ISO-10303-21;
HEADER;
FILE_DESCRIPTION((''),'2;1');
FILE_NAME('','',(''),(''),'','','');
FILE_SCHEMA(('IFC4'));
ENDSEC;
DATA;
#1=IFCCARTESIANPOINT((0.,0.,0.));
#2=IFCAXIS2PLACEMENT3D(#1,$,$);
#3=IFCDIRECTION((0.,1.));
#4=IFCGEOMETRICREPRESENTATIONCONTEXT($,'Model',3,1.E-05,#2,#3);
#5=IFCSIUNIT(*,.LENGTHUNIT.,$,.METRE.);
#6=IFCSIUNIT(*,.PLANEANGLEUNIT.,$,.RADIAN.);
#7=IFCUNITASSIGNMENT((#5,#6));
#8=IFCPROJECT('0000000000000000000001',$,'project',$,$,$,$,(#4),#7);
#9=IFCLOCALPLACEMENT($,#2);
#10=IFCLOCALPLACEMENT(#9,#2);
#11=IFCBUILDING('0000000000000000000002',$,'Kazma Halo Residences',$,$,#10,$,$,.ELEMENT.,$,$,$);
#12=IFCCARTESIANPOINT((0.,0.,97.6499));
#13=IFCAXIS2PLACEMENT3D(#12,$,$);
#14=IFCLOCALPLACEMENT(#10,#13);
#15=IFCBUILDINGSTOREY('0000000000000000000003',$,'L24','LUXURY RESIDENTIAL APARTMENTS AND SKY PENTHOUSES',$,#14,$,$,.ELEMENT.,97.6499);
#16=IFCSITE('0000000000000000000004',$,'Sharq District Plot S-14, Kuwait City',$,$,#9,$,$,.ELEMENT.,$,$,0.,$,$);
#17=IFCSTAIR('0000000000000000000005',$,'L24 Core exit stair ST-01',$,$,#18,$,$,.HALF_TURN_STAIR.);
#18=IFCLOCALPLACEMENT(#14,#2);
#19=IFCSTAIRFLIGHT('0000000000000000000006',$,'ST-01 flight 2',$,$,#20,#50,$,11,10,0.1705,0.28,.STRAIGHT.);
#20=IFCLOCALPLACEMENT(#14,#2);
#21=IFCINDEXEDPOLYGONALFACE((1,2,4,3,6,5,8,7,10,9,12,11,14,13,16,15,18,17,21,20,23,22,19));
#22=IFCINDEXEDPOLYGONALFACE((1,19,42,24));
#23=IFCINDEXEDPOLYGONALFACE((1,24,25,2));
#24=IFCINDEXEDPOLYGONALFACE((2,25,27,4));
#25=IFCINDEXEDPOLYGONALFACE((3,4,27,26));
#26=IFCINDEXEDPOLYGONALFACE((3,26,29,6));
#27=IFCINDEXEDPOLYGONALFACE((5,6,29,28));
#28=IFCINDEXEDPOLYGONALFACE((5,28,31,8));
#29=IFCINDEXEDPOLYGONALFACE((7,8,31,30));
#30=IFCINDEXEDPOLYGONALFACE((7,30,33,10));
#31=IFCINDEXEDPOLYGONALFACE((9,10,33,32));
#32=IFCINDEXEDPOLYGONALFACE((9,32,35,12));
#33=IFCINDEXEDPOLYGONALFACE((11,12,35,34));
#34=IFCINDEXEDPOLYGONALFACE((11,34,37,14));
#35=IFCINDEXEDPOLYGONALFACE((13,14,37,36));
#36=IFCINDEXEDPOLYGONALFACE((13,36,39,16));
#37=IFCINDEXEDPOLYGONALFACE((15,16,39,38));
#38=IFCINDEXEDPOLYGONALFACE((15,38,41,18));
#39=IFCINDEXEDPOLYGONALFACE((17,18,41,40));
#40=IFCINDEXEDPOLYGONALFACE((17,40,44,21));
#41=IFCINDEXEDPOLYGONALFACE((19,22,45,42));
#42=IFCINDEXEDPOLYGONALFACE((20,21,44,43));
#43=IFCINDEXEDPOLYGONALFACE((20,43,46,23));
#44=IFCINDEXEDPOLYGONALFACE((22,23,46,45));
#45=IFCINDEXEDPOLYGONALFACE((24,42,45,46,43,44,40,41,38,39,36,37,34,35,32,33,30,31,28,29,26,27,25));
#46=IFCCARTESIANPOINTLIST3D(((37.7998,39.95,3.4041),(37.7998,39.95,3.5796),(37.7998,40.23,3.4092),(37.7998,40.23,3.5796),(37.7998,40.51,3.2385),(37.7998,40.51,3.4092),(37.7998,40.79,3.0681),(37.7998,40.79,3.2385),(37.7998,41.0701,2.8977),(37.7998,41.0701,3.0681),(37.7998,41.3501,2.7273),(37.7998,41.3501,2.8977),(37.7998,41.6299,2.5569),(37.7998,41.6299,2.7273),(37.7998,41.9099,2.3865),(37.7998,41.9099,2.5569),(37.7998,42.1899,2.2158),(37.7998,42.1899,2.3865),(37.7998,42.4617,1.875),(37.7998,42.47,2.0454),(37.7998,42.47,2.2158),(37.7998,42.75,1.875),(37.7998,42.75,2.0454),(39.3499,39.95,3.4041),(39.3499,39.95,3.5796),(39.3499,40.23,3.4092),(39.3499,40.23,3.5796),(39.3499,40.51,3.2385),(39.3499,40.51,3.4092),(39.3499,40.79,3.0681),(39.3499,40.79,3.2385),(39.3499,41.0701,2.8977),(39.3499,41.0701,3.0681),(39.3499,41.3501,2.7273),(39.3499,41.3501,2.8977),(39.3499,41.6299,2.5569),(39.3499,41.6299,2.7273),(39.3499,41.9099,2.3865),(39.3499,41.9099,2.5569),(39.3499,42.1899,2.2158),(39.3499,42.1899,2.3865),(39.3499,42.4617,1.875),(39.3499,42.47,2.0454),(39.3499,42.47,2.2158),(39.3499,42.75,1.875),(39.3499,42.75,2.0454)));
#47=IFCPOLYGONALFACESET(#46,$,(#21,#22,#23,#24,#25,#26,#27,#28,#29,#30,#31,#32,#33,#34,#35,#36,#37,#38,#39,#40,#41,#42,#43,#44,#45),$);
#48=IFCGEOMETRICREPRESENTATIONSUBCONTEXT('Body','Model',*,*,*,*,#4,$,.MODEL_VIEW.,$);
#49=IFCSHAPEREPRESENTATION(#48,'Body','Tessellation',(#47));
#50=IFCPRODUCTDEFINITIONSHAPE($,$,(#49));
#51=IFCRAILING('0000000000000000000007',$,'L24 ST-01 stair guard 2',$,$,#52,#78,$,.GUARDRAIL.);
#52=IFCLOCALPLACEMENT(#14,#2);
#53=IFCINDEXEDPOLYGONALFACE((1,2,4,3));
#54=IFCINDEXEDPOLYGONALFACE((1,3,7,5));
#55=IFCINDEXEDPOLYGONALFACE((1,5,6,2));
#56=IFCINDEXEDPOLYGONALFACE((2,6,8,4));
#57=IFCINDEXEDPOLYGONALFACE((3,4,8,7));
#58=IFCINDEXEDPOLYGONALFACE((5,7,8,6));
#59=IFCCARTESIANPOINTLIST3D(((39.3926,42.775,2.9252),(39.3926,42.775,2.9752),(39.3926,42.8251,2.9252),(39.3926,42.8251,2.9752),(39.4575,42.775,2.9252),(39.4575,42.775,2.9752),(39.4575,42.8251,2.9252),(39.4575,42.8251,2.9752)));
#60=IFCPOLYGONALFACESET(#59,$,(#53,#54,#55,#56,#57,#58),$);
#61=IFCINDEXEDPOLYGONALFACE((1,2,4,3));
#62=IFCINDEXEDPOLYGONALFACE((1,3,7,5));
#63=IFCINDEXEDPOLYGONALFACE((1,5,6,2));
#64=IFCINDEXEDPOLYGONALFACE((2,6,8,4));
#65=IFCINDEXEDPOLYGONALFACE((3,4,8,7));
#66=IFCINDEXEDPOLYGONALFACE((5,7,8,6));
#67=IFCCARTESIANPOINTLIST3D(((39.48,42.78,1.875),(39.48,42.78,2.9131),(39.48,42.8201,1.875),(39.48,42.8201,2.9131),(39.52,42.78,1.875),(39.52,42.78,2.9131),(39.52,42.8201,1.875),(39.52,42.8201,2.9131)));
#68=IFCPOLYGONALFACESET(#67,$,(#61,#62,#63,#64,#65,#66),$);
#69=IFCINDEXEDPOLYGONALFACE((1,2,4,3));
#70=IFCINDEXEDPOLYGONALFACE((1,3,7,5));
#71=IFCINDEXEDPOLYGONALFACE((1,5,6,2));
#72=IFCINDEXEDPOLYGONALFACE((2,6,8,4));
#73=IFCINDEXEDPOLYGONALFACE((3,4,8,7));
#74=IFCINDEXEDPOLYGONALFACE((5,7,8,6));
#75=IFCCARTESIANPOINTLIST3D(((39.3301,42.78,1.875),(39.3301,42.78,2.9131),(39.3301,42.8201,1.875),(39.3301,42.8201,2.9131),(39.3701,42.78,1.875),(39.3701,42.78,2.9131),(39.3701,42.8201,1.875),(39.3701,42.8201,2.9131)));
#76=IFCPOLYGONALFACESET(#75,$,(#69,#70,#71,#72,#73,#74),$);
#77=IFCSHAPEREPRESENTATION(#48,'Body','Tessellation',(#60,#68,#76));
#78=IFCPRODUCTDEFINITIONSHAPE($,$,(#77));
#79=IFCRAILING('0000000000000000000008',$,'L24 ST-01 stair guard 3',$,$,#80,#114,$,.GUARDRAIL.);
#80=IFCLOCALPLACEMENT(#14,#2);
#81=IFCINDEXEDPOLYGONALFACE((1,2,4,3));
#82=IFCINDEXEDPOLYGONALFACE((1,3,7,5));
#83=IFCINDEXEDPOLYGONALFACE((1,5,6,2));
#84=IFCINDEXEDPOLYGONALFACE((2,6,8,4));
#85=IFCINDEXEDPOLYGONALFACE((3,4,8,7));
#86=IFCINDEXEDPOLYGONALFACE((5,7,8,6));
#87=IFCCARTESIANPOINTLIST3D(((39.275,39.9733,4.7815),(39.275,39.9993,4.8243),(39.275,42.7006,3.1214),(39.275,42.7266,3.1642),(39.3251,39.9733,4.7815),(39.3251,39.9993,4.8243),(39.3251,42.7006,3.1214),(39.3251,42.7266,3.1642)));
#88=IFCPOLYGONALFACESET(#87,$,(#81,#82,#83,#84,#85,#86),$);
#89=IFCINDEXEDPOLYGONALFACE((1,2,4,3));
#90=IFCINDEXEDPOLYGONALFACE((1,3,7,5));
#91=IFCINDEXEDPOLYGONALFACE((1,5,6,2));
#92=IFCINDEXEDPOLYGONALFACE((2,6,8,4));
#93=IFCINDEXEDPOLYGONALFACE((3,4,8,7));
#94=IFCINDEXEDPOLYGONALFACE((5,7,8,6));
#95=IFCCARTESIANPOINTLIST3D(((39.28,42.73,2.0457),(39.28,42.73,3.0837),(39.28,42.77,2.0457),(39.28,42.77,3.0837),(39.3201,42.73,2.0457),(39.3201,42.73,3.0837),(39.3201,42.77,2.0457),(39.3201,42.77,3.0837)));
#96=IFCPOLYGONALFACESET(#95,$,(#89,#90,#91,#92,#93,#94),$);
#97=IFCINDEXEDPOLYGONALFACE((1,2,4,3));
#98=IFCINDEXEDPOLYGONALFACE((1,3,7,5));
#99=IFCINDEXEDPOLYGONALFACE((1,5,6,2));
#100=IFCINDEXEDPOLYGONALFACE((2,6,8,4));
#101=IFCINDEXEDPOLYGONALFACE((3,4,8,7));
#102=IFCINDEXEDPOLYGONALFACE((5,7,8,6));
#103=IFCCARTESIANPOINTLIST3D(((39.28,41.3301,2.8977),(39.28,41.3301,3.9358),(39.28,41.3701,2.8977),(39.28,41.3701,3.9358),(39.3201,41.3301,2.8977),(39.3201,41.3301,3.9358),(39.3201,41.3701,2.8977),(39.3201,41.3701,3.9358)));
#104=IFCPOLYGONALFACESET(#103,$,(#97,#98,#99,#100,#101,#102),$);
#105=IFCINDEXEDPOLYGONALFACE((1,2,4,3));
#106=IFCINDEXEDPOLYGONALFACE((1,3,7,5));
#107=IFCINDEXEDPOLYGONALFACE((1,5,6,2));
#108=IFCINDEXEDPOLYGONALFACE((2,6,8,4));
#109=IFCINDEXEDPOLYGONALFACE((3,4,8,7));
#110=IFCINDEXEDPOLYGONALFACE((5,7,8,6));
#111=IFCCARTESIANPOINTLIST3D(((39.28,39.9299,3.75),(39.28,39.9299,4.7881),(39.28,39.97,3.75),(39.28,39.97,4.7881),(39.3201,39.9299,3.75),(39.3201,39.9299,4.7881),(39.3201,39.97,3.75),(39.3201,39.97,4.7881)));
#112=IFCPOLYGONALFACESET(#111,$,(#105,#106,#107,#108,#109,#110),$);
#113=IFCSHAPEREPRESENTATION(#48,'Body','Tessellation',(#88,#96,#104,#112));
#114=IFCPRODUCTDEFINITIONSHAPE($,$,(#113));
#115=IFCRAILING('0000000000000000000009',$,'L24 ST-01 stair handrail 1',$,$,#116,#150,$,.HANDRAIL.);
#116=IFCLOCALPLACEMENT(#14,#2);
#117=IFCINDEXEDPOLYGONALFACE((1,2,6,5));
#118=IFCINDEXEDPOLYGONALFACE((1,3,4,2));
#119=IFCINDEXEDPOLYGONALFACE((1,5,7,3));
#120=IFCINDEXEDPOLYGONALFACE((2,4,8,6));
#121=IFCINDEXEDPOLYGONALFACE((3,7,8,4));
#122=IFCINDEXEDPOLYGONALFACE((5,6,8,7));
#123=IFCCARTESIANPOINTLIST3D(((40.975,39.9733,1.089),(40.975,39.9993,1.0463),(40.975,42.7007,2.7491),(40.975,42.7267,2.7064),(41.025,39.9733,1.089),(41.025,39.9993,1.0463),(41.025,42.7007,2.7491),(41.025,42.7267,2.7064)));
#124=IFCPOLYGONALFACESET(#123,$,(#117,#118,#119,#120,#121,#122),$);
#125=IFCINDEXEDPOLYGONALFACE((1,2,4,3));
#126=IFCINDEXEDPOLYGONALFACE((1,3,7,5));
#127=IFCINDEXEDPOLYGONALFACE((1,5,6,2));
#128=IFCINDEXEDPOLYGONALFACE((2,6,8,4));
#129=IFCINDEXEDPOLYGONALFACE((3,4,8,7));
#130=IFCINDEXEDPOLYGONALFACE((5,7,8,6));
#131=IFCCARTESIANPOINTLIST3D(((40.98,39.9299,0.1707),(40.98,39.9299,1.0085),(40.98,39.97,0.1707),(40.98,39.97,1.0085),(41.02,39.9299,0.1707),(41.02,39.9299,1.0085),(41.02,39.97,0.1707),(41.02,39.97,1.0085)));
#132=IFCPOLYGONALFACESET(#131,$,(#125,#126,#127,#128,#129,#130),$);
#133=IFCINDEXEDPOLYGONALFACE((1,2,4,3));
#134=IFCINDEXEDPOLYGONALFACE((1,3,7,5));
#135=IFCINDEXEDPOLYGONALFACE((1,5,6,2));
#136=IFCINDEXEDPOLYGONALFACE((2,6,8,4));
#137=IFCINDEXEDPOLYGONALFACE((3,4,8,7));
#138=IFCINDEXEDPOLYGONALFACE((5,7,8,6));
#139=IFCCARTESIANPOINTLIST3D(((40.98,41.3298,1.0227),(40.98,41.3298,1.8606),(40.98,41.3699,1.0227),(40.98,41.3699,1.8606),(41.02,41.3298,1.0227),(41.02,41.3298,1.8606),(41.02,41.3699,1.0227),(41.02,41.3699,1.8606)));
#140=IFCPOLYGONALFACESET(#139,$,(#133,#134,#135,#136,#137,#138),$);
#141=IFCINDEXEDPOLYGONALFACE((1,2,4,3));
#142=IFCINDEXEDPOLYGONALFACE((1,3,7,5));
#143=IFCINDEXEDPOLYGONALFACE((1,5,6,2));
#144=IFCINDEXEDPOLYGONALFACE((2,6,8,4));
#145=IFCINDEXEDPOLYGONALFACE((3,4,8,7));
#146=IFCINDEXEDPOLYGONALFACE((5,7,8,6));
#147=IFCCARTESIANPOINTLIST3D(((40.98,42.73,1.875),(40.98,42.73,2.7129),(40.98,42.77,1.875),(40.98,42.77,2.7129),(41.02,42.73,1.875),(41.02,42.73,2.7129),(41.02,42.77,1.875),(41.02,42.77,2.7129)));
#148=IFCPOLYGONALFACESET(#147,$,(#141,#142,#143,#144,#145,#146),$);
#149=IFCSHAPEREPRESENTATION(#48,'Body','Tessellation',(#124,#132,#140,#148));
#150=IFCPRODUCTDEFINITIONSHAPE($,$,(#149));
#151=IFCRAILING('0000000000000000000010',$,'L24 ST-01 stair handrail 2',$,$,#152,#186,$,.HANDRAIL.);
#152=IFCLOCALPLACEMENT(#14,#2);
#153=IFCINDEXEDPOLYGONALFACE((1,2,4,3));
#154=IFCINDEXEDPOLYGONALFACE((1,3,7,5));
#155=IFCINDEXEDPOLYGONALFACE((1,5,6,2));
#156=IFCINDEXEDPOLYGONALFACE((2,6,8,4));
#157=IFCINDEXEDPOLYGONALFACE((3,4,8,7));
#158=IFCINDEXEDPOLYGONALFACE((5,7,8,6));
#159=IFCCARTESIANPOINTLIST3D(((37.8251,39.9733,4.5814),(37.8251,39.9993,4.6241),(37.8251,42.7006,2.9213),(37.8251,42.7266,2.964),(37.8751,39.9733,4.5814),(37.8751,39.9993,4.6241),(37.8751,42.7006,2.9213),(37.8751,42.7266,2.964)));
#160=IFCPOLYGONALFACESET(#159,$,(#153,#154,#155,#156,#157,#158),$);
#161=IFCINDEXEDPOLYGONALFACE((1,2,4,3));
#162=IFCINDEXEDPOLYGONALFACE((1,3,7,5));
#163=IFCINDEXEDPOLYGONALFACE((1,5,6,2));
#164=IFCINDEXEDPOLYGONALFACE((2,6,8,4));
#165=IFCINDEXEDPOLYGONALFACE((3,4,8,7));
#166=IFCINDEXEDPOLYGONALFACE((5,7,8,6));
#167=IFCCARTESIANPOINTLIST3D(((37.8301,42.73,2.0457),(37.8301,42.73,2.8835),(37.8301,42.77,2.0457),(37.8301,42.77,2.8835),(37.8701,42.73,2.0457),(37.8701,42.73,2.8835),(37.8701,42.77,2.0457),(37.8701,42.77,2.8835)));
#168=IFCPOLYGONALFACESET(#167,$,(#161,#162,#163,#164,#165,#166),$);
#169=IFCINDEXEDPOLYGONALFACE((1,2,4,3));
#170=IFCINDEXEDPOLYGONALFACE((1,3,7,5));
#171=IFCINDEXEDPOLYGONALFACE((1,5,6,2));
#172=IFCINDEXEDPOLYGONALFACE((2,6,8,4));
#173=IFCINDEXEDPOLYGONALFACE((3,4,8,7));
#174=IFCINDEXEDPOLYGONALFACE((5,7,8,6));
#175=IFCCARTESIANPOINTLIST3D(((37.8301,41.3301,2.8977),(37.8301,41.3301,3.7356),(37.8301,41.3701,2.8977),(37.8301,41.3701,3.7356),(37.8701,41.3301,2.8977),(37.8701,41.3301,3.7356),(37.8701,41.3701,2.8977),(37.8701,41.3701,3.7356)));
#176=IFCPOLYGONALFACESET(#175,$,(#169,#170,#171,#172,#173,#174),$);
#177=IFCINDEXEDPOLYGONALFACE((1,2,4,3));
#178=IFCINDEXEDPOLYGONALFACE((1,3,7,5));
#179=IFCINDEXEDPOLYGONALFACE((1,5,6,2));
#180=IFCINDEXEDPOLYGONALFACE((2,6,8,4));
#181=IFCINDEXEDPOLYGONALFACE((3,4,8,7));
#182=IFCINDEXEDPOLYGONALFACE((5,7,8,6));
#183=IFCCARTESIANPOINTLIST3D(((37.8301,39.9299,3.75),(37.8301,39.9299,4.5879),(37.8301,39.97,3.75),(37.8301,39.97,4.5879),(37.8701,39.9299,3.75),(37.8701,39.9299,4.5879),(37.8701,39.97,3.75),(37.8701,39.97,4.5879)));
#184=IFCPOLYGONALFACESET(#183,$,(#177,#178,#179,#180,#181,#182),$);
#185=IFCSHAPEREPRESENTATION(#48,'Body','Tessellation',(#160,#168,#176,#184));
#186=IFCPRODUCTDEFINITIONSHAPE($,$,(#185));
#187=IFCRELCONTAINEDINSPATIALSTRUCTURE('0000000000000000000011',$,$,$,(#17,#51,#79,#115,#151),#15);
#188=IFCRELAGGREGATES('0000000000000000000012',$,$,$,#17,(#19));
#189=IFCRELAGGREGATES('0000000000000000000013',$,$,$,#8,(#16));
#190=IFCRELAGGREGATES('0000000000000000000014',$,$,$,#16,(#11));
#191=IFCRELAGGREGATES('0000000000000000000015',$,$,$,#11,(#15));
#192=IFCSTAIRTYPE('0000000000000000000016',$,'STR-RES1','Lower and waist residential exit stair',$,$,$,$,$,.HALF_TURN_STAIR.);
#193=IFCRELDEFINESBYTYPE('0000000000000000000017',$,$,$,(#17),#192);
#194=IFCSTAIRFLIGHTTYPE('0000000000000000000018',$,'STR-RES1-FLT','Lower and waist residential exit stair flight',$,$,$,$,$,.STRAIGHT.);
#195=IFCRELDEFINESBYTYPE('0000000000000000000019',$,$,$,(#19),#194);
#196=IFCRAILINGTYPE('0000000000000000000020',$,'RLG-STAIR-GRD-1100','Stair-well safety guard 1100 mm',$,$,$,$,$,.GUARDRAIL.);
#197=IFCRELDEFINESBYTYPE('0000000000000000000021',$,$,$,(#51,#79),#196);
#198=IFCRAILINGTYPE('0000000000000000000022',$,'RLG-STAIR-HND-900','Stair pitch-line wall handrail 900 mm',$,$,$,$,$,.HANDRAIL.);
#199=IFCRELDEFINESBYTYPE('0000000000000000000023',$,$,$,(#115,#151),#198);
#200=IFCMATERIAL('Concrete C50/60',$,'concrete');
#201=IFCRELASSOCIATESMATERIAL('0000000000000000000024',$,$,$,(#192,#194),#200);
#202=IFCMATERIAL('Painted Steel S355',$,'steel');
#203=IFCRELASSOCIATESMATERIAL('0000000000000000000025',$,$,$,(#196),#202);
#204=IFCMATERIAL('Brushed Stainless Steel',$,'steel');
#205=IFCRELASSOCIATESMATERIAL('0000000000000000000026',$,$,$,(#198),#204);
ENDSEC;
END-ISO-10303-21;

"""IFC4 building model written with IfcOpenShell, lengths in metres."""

from ifc_helpers import new_model, si_unit, direction, frame, origin, origin_2d, place, context, subcontext, project, spatial, polyline, rectangle, outline, extrude, material, type_object, element, aggregate, save


model = new_model("IFC4")

# Units and contexts
model_context = context("Model", 3, precision=1e-05, world=origin(), true_north=direction((0.0, 1.0)))
body_context = subcontext(model_context, "Body", "Model", "MODEL_VIEW")
ifc_project = project(units=[si_unit("LENGTHUNIT", "METRE"), si_unit("PLANEANGLEUNIT", "RADIAN")], contexts=[model_context])

# Site, building, storey
site_placement = place(None, origin())
site = spatial("IfcSite", under=ifc_project, at=site_placement, Name="Sharq District Plot S-14, Kuwait City", CompositionType="ELEMENT", RefElevation=0.0)
building_placement = place(site_placement, origin())
building = spatial("IfcBuilding", under=site, at=building_placement, Name="Kazma Halo Residences", CompositionType="ELEMENT")
storey_placement = place(building_placement, frame((0.0, 0.0, 97.6499)))
storey = spatial("IfcBuildingStorey", under=building, at=storey_placement, Name="L24", Description="LUXURY RESIDENTIAL APARTMENTS AND SKY PENTHOUSES", CompositionType="ELEMENT", Elevation=97.6499)

# Stair, stair flight
ifc_material_1 = material(Name="Concrete C50/60", Category="concrete")
stair_type = type_object("IfcStairType", Name="STR-RES1", Description="Lower and waist residential exit stair", PredefinedType="HALF_TURN_STAIR", material=ifc_material_1)
stair_placement = place(storey_placement, origin())
stair = element("IfcStair", 1, at=stair_placement, inside=storey, type_object=stair_type, Name="L24 Core exit stair ST-01", PredefinedType="HALF_TURN_STAIR")
stair_flight_type = type_object("IfcStairFlightType", Name="STR-RES1-FLT", Description="Lower and waist residential exit stair flight", PredefinedType="STRAIGHT", material=ifc_material_1)
stair_flight_placement = place(storey_placement, frame((38.575, 42.75, 1.875), z_axis=(0.0, 0.0, 1.0), x_axis=(0.0, -1.0, 0.0)))
stair_flight = element("IfcStairFlight", 2, at=stair_flight_placement, type_object=stair_flight_type, Name="ST-01 flight 2", NumberOfRisers=11, NumberOfTreads=10, PredefinedType="STRAIGHT", RiserHeight=0.1705, TreadLength=0.28, context=body_context, shape_type="SweptSolid", body=[
    extrude(outline(polyline([(0.0, 0.0), (0.0, 0.1704), (0.28, 0.1704), (0.28, 0.3408), (0.5601, 0.3408), (0.5601, 0.5115), (0.8401, 0.5115), (0.8401, 0.6819), (1.1201, 0.6819), (1.1201, 0.8523), (1.3999, 0.8523), (1.3999, 1.0227), (1.6799, 1.0227), (1.6799, 1.1931), (1.96, 1.1931), (1.96, 1.3635), (2.24, 1.3635), (2.24, 1.5342), (2.52, 1.5342), (2.52, 1.7046), (2.8, 1.7046), (2.8, 1.875), (2.8, 1.5291), (0.2883, 0.0), (0.0, 0.0)])), frame((0.0, 0.7749, 0.0), z_axis=(0.0, -1.0, 0.0), x_axis=(1.0, 0.0, 0.0)), (0.0, 0.0, 1.0), 1.55),
])
aggregate(stair, [stair_flight])

# Railings
ifc_material_2 = material(Name="Painted Steel S355", Category="steel")
railing_type_1 = type_object("IfcRailingType", Name="RLG-STAIR-GRD-1100", Description="Stair-well safety guard 1100 mm", PredefinedType="GUARDRAIL", material=ifc_material_2)
railing_1_placement = place(storey_placement, frame((39.5, 42.8, 1.875)))
element("IfcRailing", 3, at=railing_1_placement, inside=storey, type_object=railing_type_1, Name="L24 ST-01 stair guard 2", PredefinedType="GUARDRAIL", context=body_context, shape_type="SweptSolid", body=[
    extrude(rectangle(XDim=0.05, YDim=0.05, at=origin_2d()), frame((-0.0425, 0.0, 1.0752), z_axis=(-1.0, 0.0, 0.0), x_axis=(0.0, -1.0, 0.0)), (0.0, 0.0, 1.0), 0.0649),
    extrude(rectangle(XDim=0.04, YDim=0.04, at=origin_2d()), origin(), (0.0, 0.0, 1.0), 1.0381),
    extrude(rectangle(XDim=0.04, YDim=0.04, at=origin_2d()), frame((-0.1499, 0.0, 0.0)), (0.0, 0.0, 1.0), 1.0381),
])
railing_2_placement = place(storey_placement, frame((39.3, 42.75, 2.0457)))
element("IfcRailing", 4, at=railing_2_placement, inside=storey, type_object=railing_type_1, Name="L24 ST-01 stair guard 3", PredefinedType="GUARDRAIL", context=body_context, shape_type="SweptSolid", body=[
    extrude(rectangle(XDim=0.05, YDim=0.05, at=origin_2d()), frame((0.0, -0.0364, 1.0972), z_axis=(0.0, -0.854203, 0.51994), x_axis=(1.0, 0.0, 0.0)), (0.0, 0.0, 1.0), 3.1929),
    extrude(rectangle(XDim=0.04, YDim=0.04, at=origin_2d()), origin(), (0.0, 0.0, 1.0), 1.0381),
    extrude(rectangle(XDim=0.04, YDim=0.04, at=origin_2d()), frame((0.0, -1.3999, 0.8521)), (0.0, 0.0, 1.0), 1.0381),
    extrude(rectangle(XDim=0.04, YDim=0.04, at=origin_2d()), frame((0.0, -2.8, 1.7043)), (0.0, 0.0, 1.0), 1.0381),
])
ifc_material_3 = material(Name="Brushed Stainless Steel", Category="steel")
railing_type_2 = type_object("IfcRailingType", Name="RLG-STAIR-HND-900", Description="Stair pitch-line wall handrail 900 mm", PredefinedType="HANDRAIL", material=ifc_material_3)
railing_3_placement = place(storey_placement, frame((41.0, 39.95, 0.1707)))
element("IfcRailing", 5, at=railing_3_placement, inside=storey, type_object=railing_type_2, Name="L24 ST-01 stair handrail 1", PredefinedType="HANDRAIL", context=body_context, shape_type="SweptSolid", body=[
    extrude(rectangle(XDim=0.05, YDim=0.05, at=origin_2d()), frame((0.0, 0.0364, 0.897), z_axis=(0.0, 0.854203, 0.51994), x_axis=(-1.0, 0.0, 0.0)), (0.0, 0.0, 1.0), 3.1929),
    extrude(rectangle(XDim=0.04, YDim=0.04, at=origin_2d()), origin(), (0.0, 0.0, 1.0), 0.8379),
    extrude(rectangle(XDim=0.04, YDim=0.04, at=origin_2d()), frame((0.0, 1.3999, 0.8521)), (0.0, 0.0, 1.0), 0.8379),
    extrude(rectangle(XDim=0.04, YDim=0.04, at=origin_2d()), frame((0.0, 2.8, 1.7043)), (0.0, 0.0, 1.0), 0.8379),
])
railing_4_placement = place(storey_placement, frame((37.8501, 42.75, 2.0457)))
element("IfcRailing", 6, at=railing_4_placement, inside=storey, type_object=railing_type_2, Name="L24 ST-01 stair handrail 2", PredefinedType="HANDRAIL", context=body_context, shape_type="SweptSolid", body=[
    extrude(rectangle(XDim=0.05, YDim=0.05, at=origin_2d()), frame((0.0, -0.0364, 0.897), z_axis=(0.0, -0.854203, 0.51994), x_axis=(1.0, 0.0, 0.0)), (0.0, 0.0, 1.0), 3.1929),
    extrude(rectangle(XDim=0.04, YDim=0.04, at=origin_2d()), origin(), (0.0, 0.0, 1.0), 0.8379),
    extrude(rectangle(XDim=0.04, YDim=0.04, at=origin_2d()), frame((0.0, -1.3999, 0.8521)), (0.0, 0.0, 1.0), 0.8379),
    extrude(rectangle(XDim=0.04, YDim=0.04, at=origin_2d()), frame((0.0, -2.8, 1.7043)), (0.0, 0.0, 1.0), 0.8379),
])

save(model, "model.ifc")
